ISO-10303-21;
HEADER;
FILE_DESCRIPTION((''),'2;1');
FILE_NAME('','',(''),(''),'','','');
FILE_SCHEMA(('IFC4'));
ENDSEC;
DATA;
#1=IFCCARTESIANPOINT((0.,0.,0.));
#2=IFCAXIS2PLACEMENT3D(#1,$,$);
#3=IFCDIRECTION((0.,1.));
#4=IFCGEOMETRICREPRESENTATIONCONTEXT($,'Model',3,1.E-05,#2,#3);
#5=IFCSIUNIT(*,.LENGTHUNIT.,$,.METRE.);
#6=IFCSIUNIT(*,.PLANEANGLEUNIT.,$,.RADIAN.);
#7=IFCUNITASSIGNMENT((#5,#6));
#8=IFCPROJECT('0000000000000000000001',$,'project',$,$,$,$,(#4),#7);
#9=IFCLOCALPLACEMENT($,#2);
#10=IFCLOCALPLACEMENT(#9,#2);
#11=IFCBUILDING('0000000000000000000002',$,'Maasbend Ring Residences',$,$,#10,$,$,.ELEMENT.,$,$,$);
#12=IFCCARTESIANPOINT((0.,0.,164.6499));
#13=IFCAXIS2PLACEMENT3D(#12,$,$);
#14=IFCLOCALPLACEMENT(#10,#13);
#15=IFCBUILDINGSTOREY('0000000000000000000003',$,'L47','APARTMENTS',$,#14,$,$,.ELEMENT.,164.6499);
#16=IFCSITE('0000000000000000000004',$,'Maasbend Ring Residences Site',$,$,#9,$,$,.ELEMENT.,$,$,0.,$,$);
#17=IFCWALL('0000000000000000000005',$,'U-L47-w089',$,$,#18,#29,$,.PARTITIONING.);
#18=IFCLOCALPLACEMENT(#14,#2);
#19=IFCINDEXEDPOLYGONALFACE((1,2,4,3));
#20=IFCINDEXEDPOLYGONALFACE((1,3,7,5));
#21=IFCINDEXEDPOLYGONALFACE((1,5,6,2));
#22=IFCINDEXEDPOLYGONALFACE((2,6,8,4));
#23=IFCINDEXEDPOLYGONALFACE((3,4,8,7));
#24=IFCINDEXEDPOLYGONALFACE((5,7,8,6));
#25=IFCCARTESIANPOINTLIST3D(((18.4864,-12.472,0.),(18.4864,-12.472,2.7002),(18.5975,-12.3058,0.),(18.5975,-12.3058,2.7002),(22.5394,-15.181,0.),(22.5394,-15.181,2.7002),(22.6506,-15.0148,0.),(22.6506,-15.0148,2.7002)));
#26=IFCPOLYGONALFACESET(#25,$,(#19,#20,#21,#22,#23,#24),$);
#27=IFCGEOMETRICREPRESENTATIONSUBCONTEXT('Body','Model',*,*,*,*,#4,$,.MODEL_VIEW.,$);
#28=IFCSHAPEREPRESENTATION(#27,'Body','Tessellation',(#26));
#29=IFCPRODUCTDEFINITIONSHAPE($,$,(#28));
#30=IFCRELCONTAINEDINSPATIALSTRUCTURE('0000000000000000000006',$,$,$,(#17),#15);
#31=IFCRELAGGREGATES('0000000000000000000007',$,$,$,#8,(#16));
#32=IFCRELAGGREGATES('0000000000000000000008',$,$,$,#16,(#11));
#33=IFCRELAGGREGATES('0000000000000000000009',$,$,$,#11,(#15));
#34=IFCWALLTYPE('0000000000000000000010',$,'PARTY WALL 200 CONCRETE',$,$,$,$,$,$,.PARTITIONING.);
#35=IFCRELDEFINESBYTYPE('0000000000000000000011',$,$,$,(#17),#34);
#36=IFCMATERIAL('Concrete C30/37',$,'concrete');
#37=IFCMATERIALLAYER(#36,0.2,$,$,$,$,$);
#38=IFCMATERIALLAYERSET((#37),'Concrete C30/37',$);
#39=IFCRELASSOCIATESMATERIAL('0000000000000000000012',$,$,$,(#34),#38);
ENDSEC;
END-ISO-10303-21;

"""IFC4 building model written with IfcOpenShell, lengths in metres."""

from ifc_helpers import new_model, si_unit, direction, frame, frame_2d, origin, place, context, subcontext, project, spatial, rectangle, extrude, material, layer, layer_set, type_object, element, save


model = new_model("IFC4")

# Units and contexts
model_context = context("Model", 3, precision=1e-05, world=origin(), true_north=direction((0.0, 1.0)))
body_context = subcontext(model_context, "Body", "Model", "MODEL_VIEW")
ifc_project = project(units=[si_unit("LENGTHUNIT", "METRE"), si_unit("PLANEANGLEUNIT", "RADIAN")], contexts=[model_context])

# Site, building, storey
site_placement = place(None, origin())
site = spatial("IfcSite", under=ifc_project, at=site_placement, Name="Maasbend Ring Residences Site", CompositionType="ELEMENT", RefElevation=0.0)
building_placement = place(site_placement, origin())
building = spatial("IfcBuilding", under=site, at=building_placement, Name="Maasbend Ring Residences", CompositionType="ELEMENT")
storey_placement = place(building_placement, frame((0.0, 0.0, 164.6499)))
storey = spatial("IfcBuildingStorey", under=building, at=storey_placement, Name="L47", Description="APARTMENTS", CompositionType="ELEMENT", Elevation=164.6499)

# Wall
ifc_material_1 = material(Name="Concrete C30/37", Category="concrete")
ifc_layer_1 = layer(ifc_material_1, 0.2)
ifc_layer_set_1 = layer_set([ifc_layer_1], Name="Concrete C30/37")
wall_type_1 = type_object("IfcWallType", Name="PARTY WALL 200 CONCRETE", PredefinedType="PARTITIONING", material=ifc_layer_set_1)
wall_1_placement = place(storey_placement, frame((18.542, -12.3889, 0.0), z_axis=(0.0, 0.0, 1.0), x_axis=(0.831387, -0.555694, 0.0)))
element("IfcWall", 1, at=wall_1_placement, inside=storey, type_object=wall_type_1, Name="U-L47-w089", PredefinedType="PARTITIONING", context=body_context, shape_type="SweptSolid", body=[
    extrude(rectangle(XDim=4.875, YDim=0.2, at=frame_2d((2.4375, 0.0))), origin(), (0.0, 0.0, 1.0), 2.7002),
])

save(model, "model.ifc")
